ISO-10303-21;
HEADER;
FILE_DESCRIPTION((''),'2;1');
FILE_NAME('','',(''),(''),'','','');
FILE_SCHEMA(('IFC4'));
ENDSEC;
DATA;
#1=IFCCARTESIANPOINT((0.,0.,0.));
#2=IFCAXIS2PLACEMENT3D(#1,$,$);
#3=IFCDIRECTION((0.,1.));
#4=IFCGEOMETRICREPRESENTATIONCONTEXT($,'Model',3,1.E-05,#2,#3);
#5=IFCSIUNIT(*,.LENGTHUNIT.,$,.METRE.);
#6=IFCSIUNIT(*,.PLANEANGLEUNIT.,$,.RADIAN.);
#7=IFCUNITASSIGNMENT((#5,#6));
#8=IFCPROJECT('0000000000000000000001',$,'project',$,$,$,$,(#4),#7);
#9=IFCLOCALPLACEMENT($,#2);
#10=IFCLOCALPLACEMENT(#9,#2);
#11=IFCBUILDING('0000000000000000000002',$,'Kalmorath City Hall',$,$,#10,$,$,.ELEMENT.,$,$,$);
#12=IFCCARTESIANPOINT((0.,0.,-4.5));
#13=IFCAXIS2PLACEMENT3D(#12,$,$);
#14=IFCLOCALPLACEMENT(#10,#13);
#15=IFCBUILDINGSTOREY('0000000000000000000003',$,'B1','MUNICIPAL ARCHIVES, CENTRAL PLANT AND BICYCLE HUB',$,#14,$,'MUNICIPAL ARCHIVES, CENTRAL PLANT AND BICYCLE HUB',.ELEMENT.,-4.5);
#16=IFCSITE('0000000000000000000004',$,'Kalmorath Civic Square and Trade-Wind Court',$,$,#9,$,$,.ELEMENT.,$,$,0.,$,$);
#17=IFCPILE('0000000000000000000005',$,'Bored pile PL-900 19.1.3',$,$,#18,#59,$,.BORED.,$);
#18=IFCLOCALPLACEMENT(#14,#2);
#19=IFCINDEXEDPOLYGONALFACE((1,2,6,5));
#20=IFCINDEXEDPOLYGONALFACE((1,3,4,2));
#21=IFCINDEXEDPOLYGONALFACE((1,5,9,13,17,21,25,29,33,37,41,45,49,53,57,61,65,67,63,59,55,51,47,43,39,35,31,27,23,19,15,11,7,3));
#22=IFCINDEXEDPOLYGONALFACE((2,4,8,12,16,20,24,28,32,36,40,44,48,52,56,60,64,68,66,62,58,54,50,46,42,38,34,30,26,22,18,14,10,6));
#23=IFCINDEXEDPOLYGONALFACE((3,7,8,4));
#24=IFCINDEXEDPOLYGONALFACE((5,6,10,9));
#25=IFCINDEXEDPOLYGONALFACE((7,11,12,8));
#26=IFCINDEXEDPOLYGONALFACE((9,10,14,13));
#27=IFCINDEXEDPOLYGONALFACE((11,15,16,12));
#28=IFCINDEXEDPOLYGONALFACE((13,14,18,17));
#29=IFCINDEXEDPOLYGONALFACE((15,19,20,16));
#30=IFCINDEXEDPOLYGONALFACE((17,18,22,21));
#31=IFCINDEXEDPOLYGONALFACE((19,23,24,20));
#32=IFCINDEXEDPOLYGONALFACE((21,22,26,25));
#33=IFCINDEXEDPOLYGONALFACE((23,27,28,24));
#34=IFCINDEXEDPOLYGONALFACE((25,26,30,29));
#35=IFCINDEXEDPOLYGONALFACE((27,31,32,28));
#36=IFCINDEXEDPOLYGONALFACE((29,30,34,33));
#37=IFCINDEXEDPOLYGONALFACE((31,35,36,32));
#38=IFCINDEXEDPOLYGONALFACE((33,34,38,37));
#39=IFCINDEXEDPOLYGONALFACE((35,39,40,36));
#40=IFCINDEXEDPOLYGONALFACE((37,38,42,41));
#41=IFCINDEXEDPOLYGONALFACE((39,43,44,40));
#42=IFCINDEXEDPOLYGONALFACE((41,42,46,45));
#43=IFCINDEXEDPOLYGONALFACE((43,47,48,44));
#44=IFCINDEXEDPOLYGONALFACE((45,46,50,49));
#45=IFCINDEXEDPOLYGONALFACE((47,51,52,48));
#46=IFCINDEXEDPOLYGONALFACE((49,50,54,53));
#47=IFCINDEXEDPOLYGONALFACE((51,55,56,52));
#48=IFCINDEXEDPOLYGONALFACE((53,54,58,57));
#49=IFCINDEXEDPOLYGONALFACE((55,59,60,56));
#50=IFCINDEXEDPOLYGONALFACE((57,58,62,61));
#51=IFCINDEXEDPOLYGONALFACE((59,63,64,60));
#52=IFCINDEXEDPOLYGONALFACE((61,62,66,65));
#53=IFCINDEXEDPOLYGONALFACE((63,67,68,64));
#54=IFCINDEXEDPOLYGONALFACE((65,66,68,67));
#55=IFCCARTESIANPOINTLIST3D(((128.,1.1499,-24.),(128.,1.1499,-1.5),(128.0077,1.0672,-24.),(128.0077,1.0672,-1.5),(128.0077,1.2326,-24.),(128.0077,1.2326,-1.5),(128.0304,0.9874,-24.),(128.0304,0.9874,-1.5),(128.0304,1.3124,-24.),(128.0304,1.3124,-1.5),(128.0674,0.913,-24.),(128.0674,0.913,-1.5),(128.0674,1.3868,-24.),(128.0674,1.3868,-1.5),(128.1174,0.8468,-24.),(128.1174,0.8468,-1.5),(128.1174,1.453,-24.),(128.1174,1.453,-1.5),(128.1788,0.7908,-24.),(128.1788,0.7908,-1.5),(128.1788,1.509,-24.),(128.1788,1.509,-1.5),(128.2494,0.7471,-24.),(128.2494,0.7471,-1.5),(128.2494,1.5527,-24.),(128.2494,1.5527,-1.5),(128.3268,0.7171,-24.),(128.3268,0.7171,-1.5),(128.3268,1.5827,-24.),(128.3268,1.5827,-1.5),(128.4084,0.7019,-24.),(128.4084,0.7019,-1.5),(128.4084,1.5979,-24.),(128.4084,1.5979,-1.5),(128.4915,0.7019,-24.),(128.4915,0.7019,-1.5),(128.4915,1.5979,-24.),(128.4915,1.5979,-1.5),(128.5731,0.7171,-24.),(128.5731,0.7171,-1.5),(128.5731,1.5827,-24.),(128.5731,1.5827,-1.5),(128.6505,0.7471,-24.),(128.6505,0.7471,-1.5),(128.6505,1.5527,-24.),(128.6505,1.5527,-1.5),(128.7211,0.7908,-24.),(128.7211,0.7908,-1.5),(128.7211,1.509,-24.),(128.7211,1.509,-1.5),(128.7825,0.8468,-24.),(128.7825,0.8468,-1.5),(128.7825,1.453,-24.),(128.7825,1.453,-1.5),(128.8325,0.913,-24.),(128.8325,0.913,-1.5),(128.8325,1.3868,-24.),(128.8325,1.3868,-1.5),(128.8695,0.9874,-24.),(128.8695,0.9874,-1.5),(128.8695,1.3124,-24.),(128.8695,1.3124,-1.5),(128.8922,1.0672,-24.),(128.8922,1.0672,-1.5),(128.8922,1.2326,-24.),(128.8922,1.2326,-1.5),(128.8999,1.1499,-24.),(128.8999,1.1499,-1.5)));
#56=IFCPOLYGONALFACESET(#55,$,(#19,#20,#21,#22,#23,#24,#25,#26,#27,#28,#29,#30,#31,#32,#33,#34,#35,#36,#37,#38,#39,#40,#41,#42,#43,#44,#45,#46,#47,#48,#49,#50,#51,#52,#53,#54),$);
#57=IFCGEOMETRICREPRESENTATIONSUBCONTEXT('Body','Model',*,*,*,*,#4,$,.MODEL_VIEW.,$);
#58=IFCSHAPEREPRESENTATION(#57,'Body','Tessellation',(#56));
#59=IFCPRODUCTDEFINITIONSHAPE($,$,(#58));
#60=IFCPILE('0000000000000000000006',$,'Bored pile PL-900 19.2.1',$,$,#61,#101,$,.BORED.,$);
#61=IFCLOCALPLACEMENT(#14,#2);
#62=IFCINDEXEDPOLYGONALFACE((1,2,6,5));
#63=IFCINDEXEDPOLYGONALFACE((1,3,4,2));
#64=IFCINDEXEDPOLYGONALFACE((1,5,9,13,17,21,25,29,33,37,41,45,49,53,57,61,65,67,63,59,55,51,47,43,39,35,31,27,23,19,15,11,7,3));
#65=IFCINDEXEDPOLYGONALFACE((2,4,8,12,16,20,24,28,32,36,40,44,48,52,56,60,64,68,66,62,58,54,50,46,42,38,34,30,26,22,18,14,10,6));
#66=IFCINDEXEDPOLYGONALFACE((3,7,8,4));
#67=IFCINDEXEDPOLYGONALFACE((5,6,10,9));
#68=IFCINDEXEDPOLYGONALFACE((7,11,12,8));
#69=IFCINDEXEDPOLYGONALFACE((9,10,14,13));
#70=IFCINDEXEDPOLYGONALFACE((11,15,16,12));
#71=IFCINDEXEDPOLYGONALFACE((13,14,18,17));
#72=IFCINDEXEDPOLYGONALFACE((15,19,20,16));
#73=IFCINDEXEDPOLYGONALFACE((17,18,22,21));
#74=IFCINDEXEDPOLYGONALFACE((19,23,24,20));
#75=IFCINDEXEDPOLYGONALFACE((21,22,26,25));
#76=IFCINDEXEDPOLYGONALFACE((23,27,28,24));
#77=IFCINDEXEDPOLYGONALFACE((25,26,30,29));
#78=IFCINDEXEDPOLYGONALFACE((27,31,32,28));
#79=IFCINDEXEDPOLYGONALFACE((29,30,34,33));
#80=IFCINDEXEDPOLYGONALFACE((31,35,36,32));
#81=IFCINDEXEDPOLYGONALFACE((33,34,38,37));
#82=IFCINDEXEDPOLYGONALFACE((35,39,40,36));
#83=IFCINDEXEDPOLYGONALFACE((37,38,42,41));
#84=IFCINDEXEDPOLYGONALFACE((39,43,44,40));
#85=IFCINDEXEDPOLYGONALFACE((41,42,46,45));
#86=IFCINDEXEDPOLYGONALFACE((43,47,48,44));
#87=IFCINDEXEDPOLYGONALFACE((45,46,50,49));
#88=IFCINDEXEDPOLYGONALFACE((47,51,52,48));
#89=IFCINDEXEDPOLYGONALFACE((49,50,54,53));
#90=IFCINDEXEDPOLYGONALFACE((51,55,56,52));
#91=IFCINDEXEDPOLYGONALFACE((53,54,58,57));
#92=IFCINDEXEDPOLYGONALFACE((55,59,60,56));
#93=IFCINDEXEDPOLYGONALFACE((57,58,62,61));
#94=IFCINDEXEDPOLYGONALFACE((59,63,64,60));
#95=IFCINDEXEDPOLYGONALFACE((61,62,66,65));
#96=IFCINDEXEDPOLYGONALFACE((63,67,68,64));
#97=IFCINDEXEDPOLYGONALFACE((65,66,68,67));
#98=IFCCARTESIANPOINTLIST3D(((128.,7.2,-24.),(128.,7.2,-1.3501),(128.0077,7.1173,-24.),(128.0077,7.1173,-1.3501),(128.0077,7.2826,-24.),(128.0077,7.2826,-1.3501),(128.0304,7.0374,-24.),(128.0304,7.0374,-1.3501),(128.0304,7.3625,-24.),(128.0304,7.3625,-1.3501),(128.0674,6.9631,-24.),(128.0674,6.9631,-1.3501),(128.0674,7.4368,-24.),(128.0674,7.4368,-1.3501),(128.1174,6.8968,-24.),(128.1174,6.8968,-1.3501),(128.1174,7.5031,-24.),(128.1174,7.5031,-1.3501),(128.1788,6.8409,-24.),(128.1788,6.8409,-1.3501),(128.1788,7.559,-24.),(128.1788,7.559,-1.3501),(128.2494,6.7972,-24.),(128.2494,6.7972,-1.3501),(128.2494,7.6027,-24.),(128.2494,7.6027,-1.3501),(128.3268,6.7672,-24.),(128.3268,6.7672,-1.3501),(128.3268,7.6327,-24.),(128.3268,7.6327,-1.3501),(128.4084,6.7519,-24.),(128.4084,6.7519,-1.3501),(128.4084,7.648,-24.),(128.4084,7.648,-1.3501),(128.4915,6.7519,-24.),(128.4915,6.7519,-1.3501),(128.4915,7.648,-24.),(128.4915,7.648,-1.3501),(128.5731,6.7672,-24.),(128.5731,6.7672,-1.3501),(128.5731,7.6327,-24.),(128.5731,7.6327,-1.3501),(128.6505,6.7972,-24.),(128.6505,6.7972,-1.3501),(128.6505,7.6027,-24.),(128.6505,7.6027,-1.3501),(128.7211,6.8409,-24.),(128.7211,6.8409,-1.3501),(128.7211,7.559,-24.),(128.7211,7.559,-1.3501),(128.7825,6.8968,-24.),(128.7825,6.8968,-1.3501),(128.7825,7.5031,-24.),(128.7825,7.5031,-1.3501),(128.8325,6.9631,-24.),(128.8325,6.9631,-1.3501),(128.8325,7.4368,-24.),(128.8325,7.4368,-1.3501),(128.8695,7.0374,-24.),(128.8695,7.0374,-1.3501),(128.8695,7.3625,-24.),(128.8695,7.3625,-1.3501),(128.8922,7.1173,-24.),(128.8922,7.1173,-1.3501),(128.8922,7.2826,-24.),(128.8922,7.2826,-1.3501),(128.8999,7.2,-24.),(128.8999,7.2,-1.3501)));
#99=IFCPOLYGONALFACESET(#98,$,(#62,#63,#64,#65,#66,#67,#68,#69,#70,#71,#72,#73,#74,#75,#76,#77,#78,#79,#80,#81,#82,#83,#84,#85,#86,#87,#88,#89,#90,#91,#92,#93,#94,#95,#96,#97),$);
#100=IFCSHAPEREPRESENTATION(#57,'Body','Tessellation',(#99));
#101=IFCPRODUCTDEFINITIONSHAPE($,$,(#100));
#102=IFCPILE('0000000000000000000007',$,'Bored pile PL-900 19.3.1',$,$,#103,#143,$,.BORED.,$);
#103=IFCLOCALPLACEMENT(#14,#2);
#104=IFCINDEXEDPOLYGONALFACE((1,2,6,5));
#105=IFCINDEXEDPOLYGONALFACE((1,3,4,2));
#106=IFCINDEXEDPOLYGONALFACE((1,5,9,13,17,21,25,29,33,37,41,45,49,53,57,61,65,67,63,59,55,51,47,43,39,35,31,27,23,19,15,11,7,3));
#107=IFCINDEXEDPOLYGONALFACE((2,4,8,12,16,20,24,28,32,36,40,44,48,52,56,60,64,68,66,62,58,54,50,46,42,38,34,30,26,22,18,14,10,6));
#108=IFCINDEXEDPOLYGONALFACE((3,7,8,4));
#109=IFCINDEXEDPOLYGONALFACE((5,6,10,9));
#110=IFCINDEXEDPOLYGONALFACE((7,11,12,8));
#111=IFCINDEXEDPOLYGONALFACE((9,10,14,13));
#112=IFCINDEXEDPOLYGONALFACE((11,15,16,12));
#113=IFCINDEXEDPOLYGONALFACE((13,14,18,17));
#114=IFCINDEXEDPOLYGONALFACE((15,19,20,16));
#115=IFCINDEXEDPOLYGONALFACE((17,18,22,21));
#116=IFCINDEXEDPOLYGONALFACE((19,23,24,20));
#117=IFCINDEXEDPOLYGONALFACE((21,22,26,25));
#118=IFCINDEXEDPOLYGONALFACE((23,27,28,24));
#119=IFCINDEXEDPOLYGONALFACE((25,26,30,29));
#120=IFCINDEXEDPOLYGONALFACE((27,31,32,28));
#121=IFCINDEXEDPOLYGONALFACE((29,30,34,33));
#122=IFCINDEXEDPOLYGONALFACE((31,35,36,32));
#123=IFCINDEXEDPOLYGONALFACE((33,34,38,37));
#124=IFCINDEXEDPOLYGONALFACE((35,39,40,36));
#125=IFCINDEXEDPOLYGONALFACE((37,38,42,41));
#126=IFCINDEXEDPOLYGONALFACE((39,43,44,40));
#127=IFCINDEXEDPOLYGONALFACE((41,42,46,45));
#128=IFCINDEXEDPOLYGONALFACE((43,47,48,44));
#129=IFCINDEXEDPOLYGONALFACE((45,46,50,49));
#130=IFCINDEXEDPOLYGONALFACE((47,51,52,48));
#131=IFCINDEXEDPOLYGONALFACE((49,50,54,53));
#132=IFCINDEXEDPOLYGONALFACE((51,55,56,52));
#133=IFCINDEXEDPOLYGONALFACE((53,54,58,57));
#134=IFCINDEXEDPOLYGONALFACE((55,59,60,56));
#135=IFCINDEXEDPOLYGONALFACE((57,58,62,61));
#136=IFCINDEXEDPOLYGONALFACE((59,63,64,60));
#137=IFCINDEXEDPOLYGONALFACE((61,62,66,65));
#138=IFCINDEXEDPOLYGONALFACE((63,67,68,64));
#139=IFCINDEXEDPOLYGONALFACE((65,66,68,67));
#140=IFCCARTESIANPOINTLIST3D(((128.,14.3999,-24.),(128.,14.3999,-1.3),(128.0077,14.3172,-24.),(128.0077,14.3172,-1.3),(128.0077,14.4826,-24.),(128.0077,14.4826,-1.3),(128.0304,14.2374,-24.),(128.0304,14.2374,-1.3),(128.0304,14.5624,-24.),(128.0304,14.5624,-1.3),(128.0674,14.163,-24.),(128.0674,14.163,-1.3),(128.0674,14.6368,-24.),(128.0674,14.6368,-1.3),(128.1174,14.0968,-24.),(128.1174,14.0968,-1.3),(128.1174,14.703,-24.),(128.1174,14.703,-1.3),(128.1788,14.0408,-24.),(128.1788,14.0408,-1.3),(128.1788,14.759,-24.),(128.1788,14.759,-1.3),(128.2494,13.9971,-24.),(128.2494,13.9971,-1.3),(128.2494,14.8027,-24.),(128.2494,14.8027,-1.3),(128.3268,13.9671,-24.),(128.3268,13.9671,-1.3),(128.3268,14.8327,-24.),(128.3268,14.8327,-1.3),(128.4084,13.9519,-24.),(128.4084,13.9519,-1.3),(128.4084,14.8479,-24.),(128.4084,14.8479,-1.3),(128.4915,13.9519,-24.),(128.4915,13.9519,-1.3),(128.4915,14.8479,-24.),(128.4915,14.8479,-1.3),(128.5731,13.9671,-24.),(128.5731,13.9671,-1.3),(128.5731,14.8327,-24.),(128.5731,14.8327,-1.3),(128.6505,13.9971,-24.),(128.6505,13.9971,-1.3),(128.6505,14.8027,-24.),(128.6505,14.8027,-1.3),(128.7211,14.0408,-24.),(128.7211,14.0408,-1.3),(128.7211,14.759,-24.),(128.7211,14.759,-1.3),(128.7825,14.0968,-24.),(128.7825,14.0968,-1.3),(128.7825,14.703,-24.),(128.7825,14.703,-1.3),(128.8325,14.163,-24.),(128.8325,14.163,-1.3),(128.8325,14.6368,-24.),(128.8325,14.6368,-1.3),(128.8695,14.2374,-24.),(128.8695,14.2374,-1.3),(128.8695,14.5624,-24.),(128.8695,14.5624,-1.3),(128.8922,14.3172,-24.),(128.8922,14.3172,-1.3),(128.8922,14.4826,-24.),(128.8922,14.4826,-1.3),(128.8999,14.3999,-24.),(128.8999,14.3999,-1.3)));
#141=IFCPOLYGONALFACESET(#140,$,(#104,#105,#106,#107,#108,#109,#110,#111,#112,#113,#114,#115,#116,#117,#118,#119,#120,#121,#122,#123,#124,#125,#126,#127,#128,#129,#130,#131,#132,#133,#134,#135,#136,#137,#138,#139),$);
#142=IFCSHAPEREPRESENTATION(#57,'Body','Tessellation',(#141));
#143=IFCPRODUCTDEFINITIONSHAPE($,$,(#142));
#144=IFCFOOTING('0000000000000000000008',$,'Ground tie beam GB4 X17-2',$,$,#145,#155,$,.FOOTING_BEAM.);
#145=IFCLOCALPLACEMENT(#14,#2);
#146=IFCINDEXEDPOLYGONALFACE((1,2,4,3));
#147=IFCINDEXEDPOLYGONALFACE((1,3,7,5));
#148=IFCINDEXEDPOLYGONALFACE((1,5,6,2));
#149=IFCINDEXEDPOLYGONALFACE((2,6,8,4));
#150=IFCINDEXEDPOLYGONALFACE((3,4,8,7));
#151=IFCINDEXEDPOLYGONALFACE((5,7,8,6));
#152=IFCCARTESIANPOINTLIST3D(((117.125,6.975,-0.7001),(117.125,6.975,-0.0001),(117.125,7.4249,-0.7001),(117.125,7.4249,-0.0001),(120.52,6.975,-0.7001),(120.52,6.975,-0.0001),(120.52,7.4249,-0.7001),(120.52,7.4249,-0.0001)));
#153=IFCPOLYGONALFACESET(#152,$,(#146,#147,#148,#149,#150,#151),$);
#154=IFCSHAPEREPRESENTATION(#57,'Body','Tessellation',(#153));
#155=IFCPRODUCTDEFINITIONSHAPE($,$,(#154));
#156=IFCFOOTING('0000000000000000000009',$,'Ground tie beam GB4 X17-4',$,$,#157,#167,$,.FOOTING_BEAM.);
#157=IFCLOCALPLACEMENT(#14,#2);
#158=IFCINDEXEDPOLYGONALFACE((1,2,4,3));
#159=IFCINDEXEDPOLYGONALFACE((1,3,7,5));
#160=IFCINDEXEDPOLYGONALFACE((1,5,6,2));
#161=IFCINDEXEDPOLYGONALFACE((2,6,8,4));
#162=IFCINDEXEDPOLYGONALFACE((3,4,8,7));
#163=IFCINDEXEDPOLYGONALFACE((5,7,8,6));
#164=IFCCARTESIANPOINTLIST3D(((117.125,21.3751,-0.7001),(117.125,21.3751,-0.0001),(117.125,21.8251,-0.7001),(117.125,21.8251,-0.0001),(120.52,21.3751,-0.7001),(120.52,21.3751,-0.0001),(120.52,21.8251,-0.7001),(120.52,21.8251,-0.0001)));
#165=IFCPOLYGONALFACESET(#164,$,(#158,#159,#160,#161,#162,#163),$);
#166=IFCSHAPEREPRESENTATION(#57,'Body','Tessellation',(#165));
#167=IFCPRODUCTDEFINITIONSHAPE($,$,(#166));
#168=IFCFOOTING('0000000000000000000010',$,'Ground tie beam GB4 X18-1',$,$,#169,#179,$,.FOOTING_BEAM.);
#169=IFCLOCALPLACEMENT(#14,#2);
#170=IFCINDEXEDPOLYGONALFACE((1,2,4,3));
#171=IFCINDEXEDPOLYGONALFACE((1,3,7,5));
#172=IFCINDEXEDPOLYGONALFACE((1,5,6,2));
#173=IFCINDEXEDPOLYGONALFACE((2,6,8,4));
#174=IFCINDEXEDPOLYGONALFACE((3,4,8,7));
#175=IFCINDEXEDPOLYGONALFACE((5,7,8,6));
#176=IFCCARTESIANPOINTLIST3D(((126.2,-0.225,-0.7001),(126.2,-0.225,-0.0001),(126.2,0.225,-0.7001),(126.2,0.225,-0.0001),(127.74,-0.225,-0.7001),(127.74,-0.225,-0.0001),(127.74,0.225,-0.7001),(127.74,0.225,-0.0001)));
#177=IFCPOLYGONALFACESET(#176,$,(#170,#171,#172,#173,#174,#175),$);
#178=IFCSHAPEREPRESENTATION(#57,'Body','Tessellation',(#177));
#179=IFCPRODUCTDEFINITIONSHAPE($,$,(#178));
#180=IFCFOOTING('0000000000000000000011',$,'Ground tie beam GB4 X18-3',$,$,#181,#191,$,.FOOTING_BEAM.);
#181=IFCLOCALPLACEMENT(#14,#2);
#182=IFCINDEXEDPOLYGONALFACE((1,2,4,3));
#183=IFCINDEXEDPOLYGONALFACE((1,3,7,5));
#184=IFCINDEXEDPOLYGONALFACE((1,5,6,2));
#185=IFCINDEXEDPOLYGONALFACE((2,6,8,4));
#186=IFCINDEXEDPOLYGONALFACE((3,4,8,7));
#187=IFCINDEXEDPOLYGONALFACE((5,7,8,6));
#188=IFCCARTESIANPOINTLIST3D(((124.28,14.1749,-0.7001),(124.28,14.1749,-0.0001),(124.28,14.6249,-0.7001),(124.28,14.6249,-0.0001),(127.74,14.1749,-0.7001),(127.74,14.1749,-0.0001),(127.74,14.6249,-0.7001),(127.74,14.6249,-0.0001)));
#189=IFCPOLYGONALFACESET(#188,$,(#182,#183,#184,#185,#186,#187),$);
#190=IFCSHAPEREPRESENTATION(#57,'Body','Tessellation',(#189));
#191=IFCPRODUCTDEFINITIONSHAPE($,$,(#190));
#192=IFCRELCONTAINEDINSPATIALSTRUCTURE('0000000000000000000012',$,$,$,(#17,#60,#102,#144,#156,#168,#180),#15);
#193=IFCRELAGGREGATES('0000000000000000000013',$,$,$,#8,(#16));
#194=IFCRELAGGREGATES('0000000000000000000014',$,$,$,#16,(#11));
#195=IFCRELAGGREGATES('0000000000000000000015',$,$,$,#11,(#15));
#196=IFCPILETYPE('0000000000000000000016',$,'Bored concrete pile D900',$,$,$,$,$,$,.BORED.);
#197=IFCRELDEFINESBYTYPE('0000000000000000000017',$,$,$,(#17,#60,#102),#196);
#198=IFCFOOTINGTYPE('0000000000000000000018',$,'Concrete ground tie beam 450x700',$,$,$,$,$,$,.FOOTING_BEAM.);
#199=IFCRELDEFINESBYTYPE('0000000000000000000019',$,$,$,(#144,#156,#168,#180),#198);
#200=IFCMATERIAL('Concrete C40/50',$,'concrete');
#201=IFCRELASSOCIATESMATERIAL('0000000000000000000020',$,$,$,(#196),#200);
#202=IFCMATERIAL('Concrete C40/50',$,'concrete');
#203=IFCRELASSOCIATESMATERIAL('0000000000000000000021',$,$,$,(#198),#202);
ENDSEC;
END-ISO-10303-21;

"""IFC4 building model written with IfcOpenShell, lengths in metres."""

from ifc_helpers import new_model, si_unit, direction, frame, origin, origin_2d, place, context, subcontext, project, spatial, rectangle, circle, extrude, material, material_profile, profile_set, type_object, element, save


model = new_model("IFC4")

# Units and contexts
model_context = context("Model", 3, precision=1e-05, world=origin(), true_north=direction((0.0, 1.0)))
body_context = subcontext(model_context, "Body", "Model", "MODEL_VIEW")
ifc_project = project(units=[si_unit("LENGTHUNIT", "METRE"), si_unit("PLANEANGLEUNIT", "RADIAN")], contexts=[model_context])

# Site, building, storey
site_placement = place(None, origin())
site = spatial("IfcSite", under=ifc_project, at=site_placement, Name="Kalmorath Civic Square and Trade-Wind Court", CompositionType="ELEMENT", RefElevation=0.0)
building_placement = place(site_placement, origin())
building = spatial("IfcBuilding", under=site, at=building_placement, Name="Kalmorath City Hall", CompositionType="ELEMENT")
storey_placement = place(building_placement, frame((0.0, 0.0, -4.5)))
storey = spatial("IfcBuildingStorey", under=building, at=storey_placement, Name="B1", Description="MUNICIPAL ARCHIVES, CENTRAL PLANT AND BICYCLE HUB", LongName="MUNICIPAL ARCHIVES, CENTRAL PLANT AND BICYCLE HUB", CompositionType="ELEMENT", Elevation=-4.5)

# Piles
ifc_material_1 = material(Name="Concrete C40/50", Category="concrete")
ifc_material_profile_1 = material_profile(ifc_material_1, circle(Radius=0.45, at=origin_2d()), Name="PILE-D900")
ifc_profile_set_1 = profile_set([ifc_material_profile_1], Name="Concrete C40/50")
pile_type_1 = type_object("IfcPileType", Name="Bored concrete pile D900", PredefinedType="BORED", material=ifc_profile_set_1)
for number, where, z_axis, x_axis, name in (
    (1, (128.45, 1.1499, -1.5), (0.0, 0.0, -1.0), (1.0, 0.0, 0.0), "Bored pile PL-900 19.1.3"),
):
    element("IfcPile", number, at=place(storey_placement, frame(where, z_axis=z_axis, x_axis=x_axis)), inside=storey, type_object=pile_type_1, Name=name, PredefinedType="BORED", context=body_context, shape_type="SweptSolid", body=[
        extrude(circle(Radius=0.45, at=origin_2d()), origin(), (0.0, 0.0, 1.0), 22.5),
    ])
pile_1_placement = place(storey_placement, frame((128.45, 7.2, -1.3501), z_axis=(0.0, 0.0, -1.0), x_axis=(1.0, 0.0, 0.0)))
element("IfcPile", 2, at=pile_1_placement, inside=storey, type_object=pile_type_1, Name="Bored pile PL-900 19.2.1", PredefinedType="BORED", context=body_context, shape_type="SweptSolid", body=[
    extrude(circle(Radius=0.45, at=origin_2d()), origin(), (0.0, 0.0, 1.0), 22.6499),
])
pile_2_placement = place(storey_placement, frame((128.45, 14.3999, -1.3), z_axis=(0.0, 0.0, -1.0), x_axis=(1.0, 0.0, 0.0)))
element("IfcPile", 3, at=pile_2_placement, inside=storey, type_object=pile_type_1, Name="Bored pile PL-900 19.3.1", PredefinedType="BORED", context=body_context, shape_type="SweptSolid", body=[
    extrude(circle(Radius=0.45, at=origin_2d()), origin(), (0.0, 0.0, 1.0), 22.7),
])

# Footings
ifc_material_2 = material(Name="Concrete C40/50", Category="concrete")
ifc_material_profile_2 = material_profile(ifc_material_2, rectangle(XDim=0.45, YDim=0.7, at=origin_2d()), Name="RC-BM-450X700")
ifc_profile_set_2 = profile_set([ifc_material_profile_2], Name="Concrete C40/50")
footing_type_1 = type_object("IfcFootingType", Name="Concrete ground tie beam 450x700", PredefinedType="FOOTING_BEAM", material=ifc_profile_set_2)
for number, where, z_axis, x_axis, name in (
    (4, (117.125, 7.2, -0.3501), (1.0, 0.0, 0.0), (0.0, 1.0, 0.0), "Ground tie beam GB4 X17-2"),
    (5, (117.125, 21.6001, -0.3501), (1.0, 0.0, 0.0), (0.0, 1.0, 0.0), "Ground tie beam GB4 X17-4"),
):
    element("IfcFooting", number, at=place(storey_placement, frame(where, z_axis=z_axis, x_axis=x_axis)), inside=storey, type_object=footing_type_1, Name=name, PredefinedType="FOOTING_BEAM", context=body_context, shape_type="SweptSolid", body=[
        extrude(rectangle(XDim=0.45, YDim=0.7, at=origin_2d()), origin(), (0.0, 0.0, 1.0), 3.395),
    ])
footing_1_placement = place(storey_placement, frame((126.2, 0.0, -0.3501), z_axis=(1.0, 0.0, 0.0), x_axis=(0.0, 1.0, 0.0)))
element("IfcFooting", 6, at=footing_1_placement, inside=storey, type_object=footing_type_1, Name="Ground tie beam GB4 X18-1", PredefinedType="FOOTING_BEAM", context=body_context, shape_type="SweptSolid", body=[
    extrude(rectangle(XDim=0.45, YDim=0.7, at=origin_2d()), origin(), (0.0, 0.0, 1.0), 1.54),
])
footing_2_placement = place(storey_placement, frame((124.28, 14.3999, -0.3501), z_axis=(1.0, 0.0, 0.0), x_axis=(0.0, 1.0, 0.0)))
element("IfcFooting", 7, at=footing_2_placement, inside=storey, type_object=footing_type_1, Name="Ground tie beam GB4 X18-3", PredefinedType="FOOTING_BEAM", context=body_context, shape_type="SweptSolid", body=[
    extrude(rectangle(XDim=0.45, YDim=0.7, at=origin_2d()), origin(), (0.0, 0.0, 1.0), 3.46),
])

save(model, "model.ifc")
